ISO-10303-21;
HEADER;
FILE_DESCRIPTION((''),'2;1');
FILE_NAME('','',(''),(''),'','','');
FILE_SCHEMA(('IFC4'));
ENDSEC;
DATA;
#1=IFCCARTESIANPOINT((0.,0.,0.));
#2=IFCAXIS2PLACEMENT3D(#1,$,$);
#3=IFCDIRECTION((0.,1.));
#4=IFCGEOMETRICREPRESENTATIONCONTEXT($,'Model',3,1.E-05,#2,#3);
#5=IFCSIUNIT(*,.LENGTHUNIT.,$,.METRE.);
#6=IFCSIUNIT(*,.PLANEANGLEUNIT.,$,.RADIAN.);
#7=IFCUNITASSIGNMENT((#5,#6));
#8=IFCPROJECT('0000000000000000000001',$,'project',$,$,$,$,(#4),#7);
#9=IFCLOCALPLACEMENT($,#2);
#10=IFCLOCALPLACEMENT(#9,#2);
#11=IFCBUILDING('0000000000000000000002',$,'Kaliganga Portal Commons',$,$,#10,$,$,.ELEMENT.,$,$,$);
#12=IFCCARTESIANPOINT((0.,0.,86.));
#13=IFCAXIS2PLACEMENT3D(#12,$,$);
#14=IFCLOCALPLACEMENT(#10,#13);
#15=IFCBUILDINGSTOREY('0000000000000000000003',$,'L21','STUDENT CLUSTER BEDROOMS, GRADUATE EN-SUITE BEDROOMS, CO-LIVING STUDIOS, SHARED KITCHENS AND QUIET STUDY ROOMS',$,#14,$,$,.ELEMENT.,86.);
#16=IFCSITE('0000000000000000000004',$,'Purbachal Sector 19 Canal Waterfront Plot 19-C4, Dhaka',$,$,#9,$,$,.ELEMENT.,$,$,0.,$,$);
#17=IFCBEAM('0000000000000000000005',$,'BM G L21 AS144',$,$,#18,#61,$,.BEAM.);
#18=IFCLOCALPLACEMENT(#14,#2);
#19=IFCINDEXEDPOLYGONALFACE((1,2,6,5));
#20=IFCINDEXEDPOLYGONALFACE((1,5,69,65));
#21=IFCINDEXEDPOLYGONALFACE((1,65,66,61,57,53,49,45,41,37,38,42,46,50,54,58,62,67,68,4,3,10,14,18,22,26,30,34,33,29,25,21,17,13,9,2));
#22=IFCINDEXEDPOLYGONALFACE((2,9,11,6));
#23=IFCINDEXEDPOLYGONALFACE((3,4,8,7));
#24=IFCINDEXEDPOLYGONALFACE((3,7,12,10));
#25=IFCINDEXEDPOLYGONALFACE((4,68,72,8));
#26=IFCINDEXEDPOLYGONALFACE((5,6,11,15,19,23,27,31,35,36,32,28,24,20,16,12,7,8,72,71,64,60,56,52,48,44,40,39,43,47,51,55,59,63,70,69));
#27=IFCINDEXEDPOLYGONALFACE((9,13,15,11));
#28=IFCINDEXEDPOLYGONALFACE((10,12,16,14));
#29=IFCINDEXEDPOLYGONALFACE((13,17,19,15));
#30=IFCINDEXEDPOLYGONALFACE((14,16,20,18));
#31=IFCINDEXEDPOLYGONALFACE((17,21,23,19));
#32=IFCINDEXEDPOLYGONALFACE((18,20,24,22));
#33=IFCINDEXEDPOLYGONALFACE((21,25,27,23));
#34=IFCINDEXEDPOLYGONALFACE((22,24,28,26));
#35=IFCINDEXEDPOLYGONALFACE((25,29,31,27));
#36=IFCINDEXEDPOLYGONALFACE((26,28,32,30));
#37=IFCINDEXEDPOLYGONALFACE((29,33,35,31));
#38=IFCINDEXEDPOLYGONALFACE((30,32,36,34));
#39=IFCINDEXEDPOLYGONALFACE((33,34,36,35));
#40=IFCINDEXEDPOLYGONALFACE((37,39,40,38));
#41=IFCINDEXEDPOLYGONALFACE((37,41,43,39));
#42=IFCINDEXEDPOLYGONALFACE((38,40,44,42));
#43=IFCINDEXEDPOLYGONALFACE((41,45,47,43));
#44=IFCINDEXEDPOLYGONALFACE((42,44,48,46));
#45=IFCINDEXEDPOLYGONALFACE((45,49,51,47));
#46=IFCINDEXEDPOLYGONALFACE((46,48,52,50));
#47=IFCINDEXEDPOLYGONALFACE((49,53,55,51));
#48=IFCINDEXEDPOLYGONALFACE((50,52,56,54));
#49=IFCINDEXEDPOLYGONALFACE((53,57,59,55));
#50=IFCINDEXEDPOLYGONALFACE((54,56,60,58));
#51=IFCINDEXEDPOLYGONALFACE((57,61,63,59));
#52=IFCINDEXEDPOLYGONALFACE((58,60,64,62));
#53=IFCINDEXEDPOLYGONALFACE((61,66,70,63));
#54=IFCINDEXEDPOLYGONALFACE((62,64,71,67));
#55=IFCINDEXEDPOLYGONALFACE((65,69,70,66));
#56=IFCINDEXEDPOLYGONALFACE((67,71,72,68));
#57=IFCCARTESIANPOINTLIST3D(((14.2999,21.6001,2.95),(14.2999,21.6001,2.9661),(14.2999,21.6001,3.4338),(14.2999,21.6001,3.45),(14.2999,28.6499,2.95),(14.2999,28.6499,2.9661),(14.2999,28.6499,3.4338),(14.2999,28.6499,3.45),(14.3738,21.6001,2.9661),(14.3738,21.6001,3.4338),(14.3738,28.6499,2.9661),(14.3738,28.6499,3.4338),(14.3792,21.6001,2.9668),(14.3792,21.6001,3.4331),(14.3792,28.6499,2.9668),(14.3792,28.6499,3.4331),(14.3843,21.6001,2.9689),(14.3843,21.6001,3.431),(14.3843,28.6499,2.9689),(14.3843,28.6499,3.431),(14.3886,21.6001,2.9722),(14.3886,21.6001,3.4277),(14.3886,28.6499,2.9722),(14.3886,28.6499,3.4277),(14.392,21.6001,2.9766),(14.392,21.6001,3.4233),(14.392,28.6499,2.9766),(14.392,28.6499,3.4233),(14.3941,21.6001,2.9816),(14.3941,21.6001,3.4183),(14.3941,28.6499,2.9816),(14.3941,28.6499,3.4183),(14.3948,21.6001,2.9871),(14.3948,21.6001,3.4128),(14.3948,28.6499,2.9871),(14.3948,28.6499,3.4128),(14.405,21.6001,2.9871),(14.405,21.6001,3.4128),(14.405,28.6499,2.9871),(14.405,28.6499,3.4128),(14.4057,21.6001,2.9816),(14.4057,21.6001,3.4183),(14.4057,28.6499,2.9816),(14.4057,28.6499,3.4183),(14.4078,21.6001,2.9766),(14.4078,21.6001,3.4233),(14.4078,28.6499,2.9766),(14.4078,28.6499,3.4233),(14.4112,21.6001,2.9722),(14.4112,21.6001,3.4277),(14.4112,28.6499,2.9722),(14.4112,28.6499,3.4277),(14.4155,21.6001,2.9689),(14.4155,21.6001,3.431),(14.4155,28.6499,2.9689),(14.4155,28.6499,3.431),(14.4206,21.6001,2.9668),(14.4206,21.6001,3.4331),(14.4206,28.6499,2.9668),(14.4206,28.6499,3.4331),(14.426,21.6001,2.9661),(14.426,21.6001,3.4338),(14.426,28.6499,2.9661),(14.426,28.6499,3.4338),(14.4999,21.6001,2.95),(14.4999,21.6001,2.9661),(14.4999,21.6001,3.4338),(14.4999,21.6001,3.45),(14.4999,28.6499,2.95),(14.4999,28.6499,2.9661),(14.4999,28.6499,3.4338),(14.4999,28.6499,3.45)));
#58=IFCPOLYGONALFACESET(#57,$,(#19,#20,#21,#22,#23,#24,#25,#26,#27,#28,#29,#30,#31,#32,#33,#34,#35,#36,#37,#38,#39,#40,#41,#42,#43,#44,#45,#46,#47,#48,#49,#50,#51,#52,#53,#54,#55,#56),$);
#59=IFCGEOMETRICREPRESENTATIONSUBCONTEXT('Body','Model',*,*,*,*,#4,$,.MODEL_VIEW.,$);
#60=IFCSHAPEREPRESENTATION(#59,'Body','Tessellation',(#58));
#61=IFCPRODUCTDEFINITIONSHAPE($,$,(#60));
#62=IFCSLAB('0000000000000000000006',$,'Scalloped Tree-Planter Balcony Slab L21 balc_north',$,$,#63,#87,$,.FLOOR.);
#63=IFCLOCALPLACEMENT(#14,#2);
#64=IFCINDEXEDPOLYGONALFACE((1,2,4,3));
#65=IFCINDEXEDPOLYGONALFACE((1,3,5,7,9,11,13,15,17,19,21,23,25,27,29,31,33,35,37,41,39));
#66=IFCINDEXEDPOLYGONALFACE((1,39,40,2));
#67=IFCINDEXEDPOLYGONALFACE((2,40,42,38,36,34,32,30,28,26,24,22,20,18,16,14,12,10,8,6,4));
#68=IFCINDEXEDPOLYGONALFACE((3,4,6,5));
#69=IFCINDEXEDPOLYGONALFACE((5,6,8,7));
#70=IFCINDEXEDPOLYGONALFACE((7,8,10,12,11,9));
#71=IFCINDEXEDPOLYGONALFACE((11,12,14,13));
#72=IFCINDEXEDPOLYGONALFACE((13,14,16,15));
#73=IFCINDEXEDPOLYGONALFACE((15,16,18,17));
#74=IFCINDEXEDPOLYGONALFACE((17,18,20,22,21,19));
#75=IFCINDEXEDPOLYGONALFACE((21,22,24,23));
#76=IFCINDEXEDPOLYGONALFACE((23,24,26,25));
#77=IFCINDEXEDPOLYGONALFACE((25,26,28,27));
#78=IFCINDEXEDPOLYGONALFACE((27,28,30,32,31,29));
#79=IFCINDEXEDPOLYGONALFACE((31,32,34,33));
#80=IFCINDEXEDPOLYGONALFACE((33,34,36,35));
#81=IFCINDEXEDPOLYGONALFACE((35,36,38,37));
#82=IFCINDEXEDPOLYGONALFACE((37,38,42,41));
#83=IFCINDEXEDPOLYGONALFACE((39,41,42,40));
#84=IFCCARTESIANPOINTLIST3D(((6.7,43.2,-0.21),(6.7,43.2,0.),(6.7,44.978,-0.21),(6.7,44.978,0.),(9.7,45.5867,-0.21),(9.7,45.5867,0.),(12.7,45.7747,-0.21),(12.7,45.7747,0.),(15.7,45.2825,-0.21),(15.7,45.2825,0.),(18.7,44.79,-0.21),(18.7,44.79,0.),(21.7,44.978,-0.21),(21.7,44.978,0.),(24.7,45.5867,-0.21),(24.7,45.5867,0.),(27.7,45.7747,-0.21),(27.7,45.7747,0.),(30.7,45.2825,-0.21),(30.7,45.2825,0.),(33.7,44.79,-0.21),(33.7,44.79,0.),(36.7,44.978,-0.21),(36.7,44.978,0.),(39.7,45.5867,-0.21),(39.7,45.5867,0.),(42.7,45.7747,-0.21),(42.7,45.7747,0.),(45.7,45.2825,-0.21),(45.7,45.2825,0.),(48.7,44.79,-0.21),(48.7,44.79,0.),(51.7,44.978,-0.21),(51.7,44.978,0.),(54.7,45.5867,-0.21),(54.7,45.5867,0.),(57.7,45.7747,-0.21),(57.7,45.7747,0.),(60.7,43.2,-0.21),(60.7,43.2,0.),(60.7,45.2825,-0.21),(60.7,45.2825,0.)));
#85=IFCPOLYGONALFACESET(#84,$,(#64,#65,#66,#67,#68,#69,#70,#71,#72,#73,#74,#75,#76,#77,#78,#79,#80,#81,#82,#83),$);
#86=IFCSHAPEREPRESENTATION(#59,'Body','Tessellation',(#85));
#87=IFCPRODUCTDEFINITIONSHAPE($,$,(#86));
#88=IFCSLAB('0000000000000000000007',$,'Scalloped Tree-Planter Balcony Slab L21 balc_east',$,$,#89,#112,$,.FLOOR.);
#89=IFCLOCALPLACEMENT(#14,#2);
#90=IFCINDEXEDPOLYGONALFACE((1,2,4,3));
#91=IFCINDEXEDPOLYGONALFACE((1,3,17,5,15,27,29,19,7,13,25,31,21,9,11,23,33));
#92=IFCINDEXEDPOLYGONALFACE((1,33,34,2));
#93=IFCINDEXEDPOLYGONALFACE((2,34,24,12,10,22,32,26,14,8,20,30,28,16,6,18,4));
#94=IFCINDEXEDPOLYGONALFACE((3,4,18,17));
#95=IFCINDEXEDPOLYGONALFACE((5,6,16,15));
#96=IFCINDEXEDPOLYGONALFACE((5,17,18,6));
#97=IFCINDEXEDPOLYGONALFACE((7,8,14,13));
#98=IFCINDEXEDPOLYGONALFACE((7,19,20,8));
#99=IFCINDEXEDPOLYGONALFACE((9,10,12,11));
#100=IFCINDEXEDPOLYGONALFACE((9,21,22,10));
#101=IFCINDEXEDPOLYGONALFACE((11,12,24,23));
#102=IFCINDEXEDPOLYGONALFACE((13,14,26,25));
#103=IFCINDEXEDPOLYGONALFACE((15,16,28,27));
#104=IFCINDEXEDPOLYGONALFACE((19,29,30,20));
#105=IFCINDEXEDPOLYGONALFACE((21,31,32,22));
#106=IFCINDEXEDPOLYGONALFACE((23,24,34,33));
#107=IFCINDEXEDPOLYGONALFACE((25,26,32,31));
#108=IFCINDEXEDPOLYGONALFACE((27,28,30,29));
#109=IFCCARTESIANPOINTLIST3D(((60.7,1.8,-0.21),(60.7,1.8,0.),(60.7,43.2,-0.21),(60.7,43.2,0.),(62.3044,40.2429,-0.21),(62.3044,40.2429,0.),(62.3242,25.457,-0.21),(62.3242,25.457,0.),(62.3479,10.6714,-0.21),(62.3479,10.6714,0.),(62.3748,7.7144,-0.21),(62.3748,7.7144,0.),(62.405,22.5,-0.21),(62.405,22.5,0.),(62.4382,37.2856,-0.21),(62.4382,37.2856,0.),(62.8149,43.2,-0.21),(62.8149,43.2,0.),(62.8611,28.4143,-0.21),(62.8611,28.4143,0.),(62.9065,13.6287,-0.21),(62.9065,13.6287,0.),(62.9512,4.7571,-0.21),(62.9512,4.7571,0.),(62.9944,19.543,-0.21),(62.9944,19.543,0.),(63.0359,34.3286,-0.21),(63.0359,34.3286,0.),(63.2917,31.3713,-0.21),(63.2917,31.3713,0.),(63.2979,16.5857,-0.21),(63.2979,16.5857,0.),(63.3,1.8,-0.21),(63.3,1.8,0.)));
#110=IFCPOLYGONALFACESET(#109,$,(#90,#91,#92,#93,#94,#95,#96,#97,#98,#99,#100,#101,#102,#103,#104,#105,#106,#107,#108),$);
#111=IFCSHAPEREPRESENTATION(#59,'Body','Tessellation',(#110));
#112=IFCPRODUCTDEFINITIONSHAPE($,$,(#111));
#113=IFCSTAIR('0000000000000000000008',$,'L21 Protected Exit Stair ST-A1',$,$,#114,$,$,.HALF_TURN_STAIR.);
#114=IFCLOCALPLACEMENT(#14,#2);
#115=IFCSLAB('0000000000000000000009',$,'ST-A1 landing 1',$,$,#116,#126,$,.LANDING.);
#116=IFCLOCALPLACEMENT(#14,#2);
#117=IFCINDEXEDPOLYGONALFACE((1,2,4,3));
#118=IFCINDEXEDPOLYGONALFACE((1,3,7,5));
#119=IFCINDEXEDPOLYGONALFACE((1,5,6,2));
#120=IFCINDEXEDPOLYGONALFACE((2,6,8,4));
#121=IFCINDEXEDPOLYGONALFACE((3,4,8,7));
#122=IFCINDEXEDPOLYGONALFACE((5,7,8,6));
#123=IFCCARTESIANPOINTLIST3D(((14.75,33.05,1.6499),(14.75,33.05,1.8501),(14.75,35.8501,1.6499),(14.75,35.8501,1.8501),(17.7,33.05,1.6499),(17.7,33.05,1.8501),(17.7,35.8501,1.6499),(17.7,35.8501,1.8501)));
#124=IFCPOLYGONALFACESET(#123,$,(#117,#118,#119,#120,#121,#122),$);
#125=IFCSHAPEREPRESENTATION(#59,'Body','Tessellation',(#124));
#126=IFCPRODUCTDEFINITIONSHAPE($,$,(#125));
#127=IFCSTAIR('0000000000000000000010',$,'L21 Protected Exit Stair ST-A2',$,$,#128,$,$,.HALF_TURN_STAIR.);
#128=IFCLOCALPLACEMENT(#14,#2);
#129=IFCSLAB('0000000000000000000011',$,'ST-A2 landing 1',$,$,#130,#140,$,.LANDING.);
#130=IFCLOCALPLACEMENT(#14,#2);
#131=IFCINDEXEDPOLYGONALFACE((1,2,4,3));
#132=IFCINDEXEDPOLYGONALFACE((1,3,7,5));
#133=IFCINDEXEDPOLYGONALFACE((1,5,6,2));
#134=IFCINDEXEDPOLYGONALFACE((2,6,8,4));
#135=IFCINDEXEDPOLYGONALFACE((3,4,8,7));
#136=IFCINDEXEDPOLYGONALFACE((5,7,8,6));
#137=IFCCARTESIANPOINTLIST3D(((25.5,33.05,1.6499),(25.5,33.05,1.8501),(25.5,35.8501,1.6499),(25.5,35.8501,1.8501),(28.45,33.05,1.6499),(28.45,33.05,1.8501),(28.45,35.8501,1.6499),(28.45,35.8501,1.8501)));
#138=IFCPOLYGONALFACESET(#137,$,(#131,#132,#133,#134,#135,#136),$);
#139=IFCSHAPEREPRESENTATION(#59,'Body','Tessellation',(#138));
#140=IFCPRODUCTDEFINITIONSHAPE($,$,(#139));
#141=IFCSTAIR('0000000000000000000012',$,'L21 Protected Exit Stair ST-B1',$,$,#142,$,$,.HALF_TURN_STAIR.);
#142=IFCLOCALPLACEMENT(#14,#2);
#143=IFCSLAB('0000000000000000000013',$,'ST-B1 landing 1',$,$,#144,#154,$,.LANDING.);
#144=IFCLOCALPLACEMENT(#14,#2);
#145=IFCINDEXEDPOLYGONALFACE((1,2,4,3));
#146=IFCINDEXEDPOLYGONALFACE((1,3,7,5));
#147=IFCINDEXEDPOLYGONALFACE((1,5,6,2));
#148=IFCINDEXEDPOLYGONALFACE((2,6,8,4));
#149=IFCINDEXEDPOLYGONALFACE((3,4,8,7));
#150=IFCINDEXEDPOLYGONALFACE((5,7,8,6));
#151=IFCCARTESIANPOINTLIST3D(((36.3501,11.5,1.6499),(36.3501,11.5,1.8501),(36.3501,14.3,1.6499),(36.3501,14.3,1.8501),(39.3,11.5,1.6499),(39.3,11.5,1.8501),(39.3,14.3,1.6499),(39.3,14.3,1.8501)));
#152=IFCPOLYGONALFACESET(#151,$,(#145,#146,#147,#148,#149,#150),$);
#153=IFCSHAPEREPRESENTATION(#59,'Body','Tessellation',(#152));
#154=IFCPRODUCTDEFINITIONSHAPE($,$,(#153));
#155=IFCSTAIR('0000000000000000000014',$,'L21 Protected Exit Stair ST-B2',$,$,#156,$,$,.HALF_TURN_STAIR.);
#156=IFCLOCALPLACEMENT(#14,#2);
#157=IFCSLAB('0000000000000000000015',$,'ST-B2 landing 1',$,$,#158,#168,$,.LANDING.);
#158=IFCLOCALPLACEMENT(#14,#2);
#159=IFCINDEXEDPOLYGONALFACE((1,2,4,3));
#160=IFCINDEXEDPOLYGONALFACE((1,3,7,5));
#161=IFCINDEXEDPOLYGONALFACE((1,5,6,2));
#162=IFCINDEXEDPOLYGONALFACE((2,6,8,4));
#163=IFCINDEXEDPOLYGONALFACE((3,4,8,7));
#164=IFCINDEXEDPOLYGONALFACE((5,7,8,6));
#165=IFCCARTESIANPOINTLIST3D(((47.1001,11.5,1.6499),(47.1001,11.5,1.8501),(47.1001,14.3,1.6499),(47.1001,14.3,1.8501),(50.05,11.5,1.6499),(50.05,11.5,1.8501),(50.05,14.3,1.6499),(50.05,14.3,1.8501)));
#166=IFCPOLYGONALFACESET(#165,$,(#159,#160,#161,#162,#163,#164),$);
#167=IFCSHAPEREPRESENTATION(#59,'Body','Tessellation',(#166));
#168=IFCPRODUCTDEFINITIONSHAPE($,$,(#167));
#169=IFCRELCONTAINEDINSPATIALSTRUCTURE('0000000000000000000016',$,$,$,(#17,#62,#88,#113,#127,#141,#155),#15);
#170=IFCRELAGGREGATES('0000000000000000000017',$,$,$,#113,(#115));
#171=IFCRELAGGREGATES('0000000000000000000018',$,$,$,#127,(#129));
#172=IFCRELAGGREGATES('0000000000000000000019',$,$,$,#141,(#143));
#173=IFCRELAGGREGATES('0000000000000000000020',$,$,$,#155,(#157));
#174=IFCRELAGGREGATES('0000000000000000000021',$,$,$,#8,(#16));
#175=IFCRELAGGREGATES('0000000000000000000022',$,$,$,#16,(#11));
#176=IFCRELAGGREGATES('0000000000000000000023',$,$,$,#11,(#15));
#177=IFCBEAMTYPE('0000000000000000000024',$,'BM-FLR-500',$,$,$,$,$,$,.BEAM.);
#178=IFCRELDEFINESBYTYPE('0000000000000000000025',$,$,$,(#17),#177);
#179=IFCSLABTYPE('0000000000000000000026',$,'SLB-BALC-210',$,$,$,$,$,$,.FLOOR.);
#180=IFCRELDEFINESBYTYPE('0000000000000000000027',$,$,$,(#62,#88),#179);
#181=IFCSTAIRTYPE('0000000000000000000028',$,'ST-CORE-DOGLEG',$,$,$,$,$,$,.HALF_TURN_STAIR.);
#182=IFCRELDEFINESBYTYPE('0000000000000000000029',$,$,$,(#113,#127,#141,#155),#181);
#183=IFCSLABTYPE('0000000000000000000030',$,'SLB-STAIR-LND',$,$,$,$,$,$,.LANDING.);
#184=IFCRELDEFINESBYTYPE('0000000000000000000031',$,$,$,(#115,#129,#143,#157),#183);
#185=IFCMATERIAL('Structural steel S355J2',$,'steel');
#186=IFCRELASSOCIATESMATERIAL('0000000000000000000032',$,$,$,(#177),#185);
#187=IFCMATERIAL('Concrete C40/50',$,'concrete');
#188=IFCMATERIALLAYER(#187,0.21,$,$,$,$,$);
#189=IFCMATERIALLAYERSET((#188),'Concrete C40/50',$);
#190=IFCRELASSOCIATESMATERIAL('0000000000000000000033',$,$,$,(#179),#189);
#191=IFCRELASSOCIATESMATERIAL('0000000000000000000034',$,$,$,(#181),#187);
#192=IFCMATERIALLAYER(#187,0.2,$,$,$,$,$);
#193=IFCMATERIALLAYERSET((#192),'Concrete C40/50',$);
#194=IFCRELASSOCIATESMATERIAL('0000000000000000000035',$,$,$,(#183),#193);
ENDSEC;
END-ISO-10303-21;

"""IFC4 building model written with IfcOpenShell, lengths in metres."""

from ifc_helpers import new_model, si_unit, direction, frame, origin, origin_2d, place, context, subcontext, project, spatial, polyline, i_section, outline, extrude, source, transform, mapped, material, layer, layer_set, material_profile, profile_set, type_object, element, aggregate, save


model = new_model("IFC4")

# Units and contexts
model_context = context("Model", 3, precision=1e-05, world=origin(), true_north=direction((0.0, 1.0)))
body_context = subcontext(model_context, "Body", "Model", "MODEL_VIEW")
ifc_project = project(units=[si_unit("LENGTHUNIT", "METRE"), si_unit("PLANEANGLEUNIT", "RADIAN")], contexts=[model_context])

# Site, building, storey
site_placement = place(None, origin())
site = spatial("IfcSite", under=ifc_project, at=site_placement, Name="Purbachal Sector 19 Canal Waterfront Plot 19-C4, Dhaka", CompositionType="ELEMENT", RefElevation=0.0)
building_placement = place(site_placement, origin())
building = spatial("IfcBuilding", under=site, at=building_placement, Name="Kaliganga Portal Commons", CompositionType="ELEMENT")
storey_placement = place(building_placement, frame((0.0, 0.0, 86.0)))
storey = spatial("IfcBuildingStorey", under=building, at=storey_placement, Name="L21", Description="STUDENT CLUSTER BEDROOMS, GRADUATE EN-SUITE BEDROOMS, CO-LIVING STUDIOS, SHARED KITCHENS AND QUIET STUDY ROOMS", CompositionType="ELEMENT", Elevation=86.0)

# Beam
ifc_material_1 = material(Name="Structural steel S355J2", Category="steel")
ifc_material_profile_1 = material_profile(ifc_material_1, i_section(OverallWidth=0.2, OverallDepth=0.5, WebThickness=0.0103, FlangeThickness=0.0161, FilletRadius=0.021, at=origin_2d()), Name="IPE 500")
ifc_profile_set_1 = profile_set([ifc_material_profile_1], Name="Structural steel S355J2 wide-flange")
beam_type_1 = type_object("IfcBeamType", Name="BM-FLR-500", PredefinedType="BEAM", material=ifc_profile_set_1)
shared_shape_1 = source(origin(), body_context, "Body", "SweptSolid", [
    extrude(i_section(OverallWidth=0.2, OverallDepth=0.5, WebThickness=0.0103, FlangeThickness=0.0161, FilletRadius=0.021, at=origin_2d()), origin(), (0.0, 0.0, 1.0), 7.0498),
])
beam_placement = place(storey_placement, frame((14.3999, 21.6001, 3.2), z_axis=(0.0, 1.0, 0.0), x_axis=(-1.0, 0.0, 0.0)))
element("IfcBeam", 1, at=beam_placement, inside=storey, type_object=beam_type_1, Name="BM G L21 AS144", PredefinedType="BEAM", context=body_context, shape_type="MappedRepresentation", body=[
    mapped(shared_shape_1, transform((0.0, 0.0, 0.0), x_axis=(1.0, 0.0, 0.0), y_axis=(0.0, 1.0, 0.0), z_axis=(0.0, 0.0, 1.0), scale=1.0)),
])

# Slabs
ifc_material_2 = material(Name="Concrete C40/50", Category="concrete")
ifc_layer_1 = layer(ifc_material_2, 0.21)
ifc_layer_set_1 = layer_set([ifc_layer_1], Name="Concrete C40/50")
slab_type_1 = type_object("IfcSlabType", Name="SLB-BALC-210", PredefinedType="FLOOR", material=ifc_layer_set_1)
slab_1_placement = place(storey_placement, frame((0.0, 0.0, -0.21)))
element("IfcSlab", 2, at=slab_1_placement, inside=storey, type_object=slab_type_1, Name="Scalloped Tree-Planter Balcony Slab L21 balc_north", PredefinedType="FLOOR", context=body_context, shape_type="SweptSolid", body=[
    extrude(outline(polyline([(60.7, 43.2), (60.7, 45.2825), (57.7, 45.7747), (54.7, 45.5867), (51.7, 44.978), (48.7, 44.79), (45.7, 45.2825), (42.7, 45.7747), (39.7, 45.5867), (36.7, 44.978), (33.7, 44.79), (30.7, 45.2825), (27.7, 45.7747), (24.7, 45.5867), (21.7, 44.978), (18.7, 44.79), (15.7, 45.2825), (12.7, 45.7747), (9.7, 45.5867), (6.7, 44.978), (6.7, 43.2), (60.7, 43.2)])), origin(), (0.0, 0.0, 1.0), 0.21),
])
slab_2_placement = place(storey_placement, frame((0.0, 0.0, -0.21)))
element("IfcSlab", 3, at=slab_2_placement, inside=storey, type_object=slab_type_1, Name="Scalloped Tree-Planter Balcony Slab L21 balc_east", PredefinedType="FLOOR", context=body_context, shape_type="SweptSolid", body=[
    extrude(outline(polyline([(60.7, 1.8), (63.3, 1.8), (62.9512, 4.7571), (62.3748, 7.7144), (62.3479, 10.6714), (62.9065, 13.6287), (63.2979, 16.5857), (62.9944, 19.543), (62.405, 22.5), (62.3242, 25.457), (62.8611, 28.4143), (63.2917, 31.3713), (63.0359, 34.3286), (62.4382, 37.2856), (62.3044, 40.2429), (62.8149, 43.2), (60.7, 43.2), (60.7, 1.8)])), origin(), (0.0, 0.0, 1.0), 0.21),
])

# Stairs, slabs
stair_type = type_object("IfcStairType", Name="ST-CORE-DOGLEG", PredefinedType="HALF_TURN_STAIR", material=ifc_material_2)
stair_1_placement = place(storey_placement, origin())
stair_1 = element("IfcStair", 4, at=stair_1_placement, inside=storey, type_object=stair_type, Name="L21 Protected Exit Stair ST-A1", PredefinedType="HALF_TURN_STAIR")
ifc_layer_2 = layer(ifc_material_2, 0.2)
ifc_layer_set_2 = layer_set([ifc_layer_2], Name="Concrete C40/50")
slab_type_2 = type_object("IfcSlabType", Name="SLB-STAIR-LND", PredefinedType="LANDING", material=ifc_layer_set_2)
slab_3_placement = place(storey_placement, frame((0.0, 0.0, 1.6499)))
slab_3 = element("IfcSlab", 5, at=slab_3_placement, type_object=slab_type_2, Name="ST-A1 landing 1", PredefinedType="LANDING", context=body_context, shape_type="SweptSolid", body=[
    extrude(outline(polyline([(17.7, 33.05), (17.7, 35.8501), (14.75, 35.8501), (14.75, 33.05), (17.7, 33.05)])), origin(), (0.0, 0.0, 1.0), 0.2002),
])
aggregate(stair_1, [slab_3])
stair_2_placement = place(storey_placement, origin())
stair_2 = element("IfcStair", 6, at=stair_2_placement, inside=storey, type_object=stair_type, Name="L21 Protected Exit Stair ST-A2", PredefinedType="HALF_TURN_STAIR")
slab_4_placement = place(storey_placement, frame((0.0, 0.0, 1.6499)))
slab_4 = element("IfcSlab", 7, at=slab_4_placement, type_object=slab_type_2, Name="ST-A2 landing 1", PredefinedType="LANDING", context=body_context, shape_type="SweptSolid", body=[
    extrude(outline(polyline([(28.45, 33.05), (28.45, 35.8501), (25.5, 35.8501), (25.5, 33.05), (28.45, 33.05)])), origin(), (0.0, 0.0, 1.0), 0.2002),
])
aggregate(stair_2, [slab_4])
stair_3_placement = place(storey_placement, origin())
stair_3 = element("IfcStair", 8, at=stair_3_placement, inside=storey, type_object=stair_type, Name="L21 Protected Exit Stair ST-B1", PredefinedType="HALF_TURN_STAIR")
slab_5_placement = place(storey_placement, frame((0.0, 0.0, 1.6499)))
slab_5 = element("IfcSlab", 9, at=slab_5_placement, type_object=slab_type_2, Name="ST-B1 landing 1", PredefinedType="LANDING", context=body_context, shape_type="SweptSolid", body=[
    extrude(outline(polyline([(39.3, 11.5), (39.3, 14.3), (36.3501, 14.3), (36.3501, 11.5), (39.3, 11.5)])), origin(), (0.0, 0.0, 1.0), 0.2002),
])
aggregate(stair_3, [slab_5])
stair_4_placement = place(storey_placement, origin())
stair_4 = element("IfcStair", 10, at=stair_4_placement, inside=storey, type_object=stair_type, Name="L21 Protected Exit Stair ST-B2", PredefinedType="HALF_TURN_STAIR")
slab_6_placement = place(storey_placement, frame((0.0, 0.0, 1.6499)))
slab_6 = element("IfcSlab", 11, at=slab_6_placement, type_object=slab_type_2, Name="ST-B2 landing 1", PredefinedType="LANDING", context=body_context, shape_type="SweptSolid", body=[
    extrude(outline(polyline([(50.05, 11.5), (50.05, 14.3), (47.1001, 14.3), (47.1001, 11.5), (50.05, 11.5)])), origin(), (0.0, 0.0, 1.0), 0.2002),
])
aggregate(stair_4, [slab_6])

save(model, "model.ifc")
